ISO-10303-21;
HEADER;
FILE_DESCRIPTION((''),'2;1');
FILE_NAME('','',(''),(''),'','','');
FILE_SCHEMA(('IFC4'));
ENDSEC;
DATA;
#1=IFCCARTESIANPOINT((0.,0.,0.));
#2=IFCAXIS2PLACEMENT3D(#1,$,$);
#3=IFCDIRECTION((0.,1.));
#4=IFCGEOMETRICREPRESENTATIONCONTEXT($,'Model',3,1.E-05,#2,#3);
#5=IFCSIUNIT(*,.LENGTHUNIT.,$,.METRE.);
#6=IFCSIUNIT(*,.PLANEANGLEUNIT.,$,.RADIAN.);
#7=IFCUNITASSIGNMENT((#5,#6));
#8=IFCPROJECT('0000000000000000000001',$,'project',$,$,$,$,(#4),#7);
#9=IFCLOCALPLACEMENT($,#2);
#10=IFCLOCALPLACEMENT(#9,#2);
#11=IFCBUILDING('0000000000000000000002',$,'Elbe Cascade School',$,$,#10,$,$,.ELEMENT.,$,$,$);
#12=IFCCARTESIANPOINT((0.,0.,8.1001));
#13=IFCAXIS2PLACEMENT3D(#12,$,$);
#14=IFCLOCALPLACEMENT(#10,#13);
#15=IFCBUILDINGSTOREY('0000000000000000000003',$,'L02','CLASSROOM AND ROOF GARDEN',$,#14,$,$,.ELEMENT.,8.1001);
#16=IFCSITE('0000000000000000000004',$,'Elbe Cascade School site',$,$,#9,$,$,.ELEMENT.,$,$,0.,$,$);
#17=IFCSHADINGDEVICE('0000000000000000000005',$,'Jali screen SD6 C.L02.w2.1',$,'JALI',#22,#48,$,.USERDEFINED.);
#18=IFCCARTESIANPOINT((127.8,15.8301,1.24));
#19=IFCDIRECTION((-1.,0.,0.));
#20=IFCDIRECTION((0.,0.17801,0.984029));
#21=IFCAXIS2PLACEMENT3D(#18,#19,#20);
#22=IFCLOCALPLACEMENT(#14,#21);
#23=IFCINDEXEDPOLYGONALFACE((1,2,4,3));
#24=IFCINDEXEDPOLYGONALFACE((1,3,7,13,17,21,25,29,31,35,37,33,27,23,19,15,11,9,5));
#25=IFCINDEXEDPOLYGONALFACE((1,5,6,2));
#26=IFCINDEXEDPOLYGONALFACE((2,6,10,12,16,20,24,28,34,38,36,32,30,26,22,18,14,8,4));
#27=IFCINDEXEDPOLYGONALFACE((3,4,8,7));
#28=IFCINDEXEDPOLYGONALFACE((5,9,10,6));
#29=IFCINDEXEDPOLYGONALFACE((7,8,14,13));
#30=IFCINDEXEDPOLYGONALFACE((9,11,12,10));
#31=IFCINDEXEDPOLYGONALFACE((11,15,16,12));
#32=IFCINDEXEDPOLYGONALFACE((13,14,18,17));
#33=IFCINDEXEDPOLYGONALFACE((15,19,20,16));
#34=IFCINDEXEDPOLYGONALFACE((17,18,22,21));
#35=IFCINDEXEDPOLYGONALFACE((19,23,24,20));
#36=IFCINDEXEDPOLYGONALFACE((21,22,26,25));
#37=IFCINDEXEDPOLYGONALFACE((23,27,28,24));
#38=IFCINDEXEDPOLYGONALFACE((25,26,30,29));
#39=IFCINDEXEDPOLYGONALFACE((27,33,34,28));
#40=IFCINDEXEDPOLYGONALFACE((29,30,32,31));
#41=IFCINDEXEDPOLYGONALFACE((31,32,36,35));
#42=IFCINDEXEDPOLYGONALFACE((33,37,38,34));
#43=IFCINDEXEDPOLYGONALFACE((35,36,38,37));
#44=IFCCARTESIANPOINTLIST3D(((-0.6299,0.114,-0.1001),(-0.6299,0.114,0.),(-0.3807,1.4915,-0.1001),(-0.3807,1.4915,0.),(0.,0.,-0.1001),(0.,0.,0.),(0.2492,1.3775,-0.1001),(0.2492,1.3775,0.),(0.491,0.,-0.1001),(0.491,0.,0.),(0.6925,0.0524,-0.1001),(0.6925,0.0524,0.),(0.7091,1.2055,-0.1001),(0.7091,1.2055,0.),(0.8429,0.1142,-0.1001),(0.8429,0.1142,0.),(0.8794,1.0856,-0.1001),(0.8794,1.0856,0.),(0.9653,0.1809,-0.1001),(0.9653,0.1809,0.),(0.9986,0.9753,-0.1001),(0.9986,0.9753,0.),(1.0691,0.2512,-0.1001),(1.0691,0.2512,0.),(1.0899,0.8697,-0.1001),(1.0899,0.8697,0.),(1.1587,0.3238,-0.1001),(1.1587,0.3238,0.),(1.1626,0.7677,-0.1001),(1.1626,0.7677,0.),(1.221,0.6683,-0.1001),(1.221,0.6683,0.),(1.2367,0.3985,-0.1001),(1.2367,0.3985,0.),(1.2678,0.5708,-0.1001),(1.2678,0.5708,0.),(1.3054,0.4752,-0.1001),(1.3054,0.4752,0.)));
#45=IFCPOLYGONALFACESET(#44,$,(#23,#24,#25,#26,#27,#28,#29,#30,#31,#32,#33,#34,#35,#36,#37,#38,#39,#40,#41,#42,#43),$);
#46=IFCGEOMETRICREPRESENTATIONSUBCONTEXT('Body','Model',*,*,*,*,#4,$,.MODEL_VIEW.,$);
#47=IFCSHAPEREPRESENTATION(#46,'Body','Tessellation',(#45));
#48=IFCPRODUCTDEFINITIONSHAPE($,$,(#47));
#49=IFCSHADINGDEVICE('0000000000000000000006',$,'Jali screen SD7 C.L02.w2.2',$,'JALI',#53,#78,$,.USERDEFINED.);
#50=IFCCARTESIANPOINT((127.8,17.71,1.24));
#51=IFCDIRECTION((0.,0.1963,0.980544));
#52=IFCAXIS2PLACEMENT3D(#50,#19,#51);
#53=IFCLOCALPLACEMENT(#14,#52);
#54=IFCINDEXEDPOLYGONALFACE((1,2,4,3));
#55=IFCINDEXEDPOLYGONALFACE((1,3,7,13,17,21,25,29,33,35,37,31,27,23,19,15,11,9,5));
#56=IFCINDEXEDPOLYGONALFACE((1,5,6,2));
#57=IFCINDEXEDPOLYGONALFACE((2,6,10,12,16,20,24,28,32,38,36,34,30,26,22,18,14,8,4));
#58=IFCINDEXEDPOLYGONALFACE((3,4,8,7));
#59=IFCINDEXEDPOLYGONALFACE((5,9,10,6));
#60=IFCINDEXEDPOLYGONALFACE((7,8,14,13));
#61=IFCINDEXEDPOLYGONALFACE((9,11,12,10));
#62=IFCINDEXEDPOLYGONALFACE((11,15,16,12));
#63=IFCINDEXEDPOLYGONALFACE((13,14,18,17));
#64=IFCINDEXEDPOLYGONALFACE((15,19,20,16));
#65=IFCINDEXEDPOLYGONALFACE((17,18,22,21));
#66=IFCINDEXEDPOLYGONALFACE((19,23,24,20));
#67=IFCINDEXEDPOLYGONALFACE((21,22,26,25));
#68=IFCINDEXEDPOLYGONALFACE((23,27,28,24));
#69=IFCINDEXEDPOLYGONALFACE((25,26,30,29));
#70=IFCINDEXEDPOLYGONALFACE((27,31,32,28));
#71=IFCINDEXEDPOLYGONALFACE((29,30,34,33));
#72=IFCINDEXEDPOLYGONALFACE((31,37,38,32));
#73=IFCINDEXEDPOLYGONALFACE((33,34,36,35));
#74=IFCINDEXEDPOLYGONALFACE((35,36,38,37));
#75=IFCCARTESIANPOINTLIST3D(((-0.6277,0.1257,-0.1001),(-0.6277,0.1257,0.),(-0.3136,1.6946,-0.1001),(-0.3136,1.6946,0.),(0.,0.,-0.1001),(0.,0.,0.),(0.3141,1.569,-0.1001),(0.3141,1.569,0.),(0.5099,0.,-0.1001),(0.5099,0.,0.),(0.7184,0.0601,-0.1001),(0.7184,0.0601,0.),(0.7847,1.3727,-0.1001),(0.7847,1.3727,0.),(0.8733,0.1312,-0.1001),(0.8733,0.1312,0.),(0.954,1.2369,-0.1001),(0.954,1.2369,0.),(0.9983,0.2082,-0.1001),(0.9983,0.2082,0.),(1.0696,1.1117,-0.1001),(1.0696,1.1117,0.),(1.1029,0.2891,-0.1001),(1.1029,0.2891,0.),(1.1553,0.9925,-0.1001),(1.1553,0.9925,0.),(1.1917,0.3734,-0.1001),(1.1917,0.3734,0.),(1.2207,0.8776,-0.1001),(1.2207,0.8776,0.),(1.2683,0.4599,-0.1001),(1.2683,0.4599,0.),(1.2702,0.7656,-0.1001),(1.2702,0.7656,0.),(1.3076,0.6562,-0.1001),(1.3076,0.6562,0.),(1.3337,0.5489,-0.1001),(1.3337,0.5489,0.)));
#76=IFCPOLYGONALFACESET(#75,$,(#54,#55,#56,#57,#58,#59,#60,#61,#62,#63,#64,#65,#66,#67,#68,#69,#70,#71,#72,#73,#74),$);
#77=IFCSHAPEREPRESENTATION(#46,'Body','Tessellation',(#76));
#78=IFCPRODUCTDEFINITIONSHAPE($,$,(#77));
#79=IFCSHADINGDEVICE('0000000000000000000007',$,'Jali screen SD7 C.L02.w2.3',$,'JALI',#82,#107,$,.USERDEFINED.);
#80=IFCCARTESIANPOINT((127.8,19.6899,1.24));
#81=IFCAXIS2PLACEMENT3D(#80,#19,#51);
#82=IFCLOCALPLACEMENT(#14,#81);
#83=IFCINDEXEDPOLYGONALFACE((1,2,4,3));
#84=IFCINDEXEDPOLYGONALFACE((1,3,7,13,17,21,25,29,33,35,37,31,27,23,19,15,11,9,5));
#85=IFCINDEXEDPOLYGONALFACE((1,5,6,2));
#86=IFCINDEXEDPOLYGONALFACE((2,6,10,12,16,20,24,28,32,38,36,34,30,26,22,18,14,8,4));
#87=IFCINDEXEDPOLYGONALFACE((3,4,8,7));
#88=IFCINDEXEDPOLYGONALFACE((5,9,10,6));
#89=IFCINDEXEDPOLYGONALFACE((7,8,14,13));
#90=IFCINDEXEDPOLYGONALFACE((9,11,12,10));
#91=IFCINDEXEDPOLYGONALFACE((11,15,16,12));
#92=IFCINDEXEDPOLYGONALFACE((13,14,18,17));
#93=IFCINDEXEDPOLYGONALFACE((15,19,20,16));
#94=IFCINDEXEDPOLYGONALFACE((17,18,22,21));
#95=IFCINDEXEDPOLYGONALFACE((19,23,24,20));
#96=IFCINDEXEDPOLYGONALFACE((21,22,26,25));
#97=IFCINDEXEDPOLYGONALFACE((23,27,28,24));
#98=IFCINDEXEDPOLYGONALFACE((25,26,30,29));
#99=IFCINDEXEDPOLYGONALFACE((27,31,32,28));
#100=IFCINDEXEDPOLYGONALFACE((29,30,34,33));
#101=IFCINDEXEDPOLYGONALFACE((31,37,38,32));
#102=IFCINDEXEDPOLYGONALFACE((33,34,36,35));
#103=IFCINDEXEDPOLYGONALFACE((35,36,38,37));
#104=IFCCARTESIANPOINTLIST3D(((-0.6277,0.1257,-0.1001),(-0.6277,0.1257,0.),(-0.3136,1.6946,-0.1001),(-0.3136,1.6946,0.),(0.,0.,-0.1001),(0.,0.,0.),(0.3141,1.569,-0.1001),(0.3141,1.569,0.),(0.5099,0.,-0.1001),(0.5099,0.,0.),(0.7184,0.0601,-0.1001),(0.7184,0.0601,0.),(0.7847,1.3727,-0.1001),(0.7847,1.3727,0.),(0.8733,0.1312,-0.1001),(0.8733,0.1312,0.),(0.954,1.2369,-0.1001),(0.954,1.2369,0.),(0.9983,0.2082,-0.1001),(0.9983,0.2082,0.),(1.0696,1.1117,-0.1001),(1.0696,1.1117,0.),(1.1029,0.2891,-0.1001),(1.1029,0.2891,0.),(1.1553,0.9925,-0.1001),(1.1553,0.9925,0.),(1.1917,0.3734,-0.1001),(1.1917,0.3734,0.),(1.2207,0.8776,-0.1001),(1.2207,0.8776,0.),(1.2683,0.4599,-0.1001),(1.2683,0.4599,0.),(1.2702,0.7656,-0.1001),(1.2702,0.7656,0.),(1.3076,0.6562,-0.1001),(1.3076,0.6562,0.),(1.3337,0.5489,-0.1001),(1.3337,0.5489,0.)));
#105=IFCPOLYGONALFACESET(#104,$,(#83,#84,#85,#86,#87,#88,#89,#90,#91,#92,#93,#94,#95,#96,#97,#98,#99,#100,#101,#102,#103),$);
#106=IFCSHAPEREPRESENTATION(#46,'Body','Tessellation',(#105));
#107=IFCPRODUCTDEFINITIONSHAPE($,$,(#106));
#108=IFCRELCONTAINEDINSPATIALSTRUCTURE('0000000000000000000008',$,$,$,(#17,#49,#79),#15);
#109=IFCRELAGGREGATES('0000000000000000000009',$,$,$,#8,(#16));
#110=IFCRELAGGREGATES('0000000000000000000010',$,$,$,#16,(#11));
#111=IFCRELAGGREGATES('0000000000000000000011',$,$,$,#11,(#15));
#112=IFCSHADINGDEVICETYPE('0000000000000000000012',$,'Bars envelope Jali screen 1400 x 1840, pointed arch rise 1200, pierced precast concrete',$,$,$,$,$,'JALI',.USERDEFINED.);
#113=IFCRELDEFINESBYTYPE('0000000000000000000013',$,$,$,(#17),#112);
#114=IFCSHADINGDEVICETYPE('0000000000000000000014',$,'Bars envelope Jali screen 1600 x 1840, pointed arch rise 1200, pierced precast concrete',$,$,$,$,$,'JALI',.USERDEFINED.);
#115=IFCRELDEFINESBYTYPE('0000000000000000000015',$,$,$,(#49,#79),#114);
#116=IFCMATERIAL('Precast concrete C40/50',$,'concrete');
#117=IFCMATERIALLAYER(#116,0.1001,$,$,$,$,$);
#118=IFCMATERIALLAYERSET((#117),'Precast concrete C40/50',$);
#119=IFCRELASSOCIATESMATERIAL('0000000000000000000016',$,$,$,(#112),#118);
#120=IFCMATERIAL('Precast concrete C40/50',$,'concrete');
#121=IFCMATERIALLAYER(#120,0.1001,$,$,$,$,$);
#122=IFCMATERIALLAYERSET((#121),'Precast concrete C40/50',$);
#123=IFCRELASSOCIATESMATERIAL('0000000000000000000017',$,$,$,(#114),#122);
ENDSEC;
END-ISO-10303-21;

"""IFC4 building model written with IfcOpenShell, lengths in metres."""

from ifc_helpers import new_model, si_unit, direction, frame, origin, place, context, subcontext, project, spatial, polyline, outline, extrude, material, layer, layer_set, type_object, element, save


model = new_model("IFC4")

# Units and contexts
model_context = context("Model", 3, precision=1e-05, world=origin(), true_north=direction((0.0, 1.0)))
body_context = subcontext(model_context, "Body", "Model", "MODEL_VIEW")
ifc_project = project(units=[si_unit("LENGTHUNIT", "METRE"), si_unit("PLANEANGLEUNIT", "RADIAN")], contexts=[model_context])

# Site, building, storey
site_placement = place(None, origin())
site = spatial("IfcSite", under=ifc_project, at=site_placement, Name="Elbe Cascade School site", CompositionType="ELEMENT", RefElevation=0.0)
building_placement = place(site_placement, origin())
building = spatial("IfcBuilding", under=site, at=building_placement, Name="Elbe Cascade School", CompositionType="ELEMENT")
storey_placement = place(building_placement, frame((0.0, 0.0, 8.1001)))
storey = spatial("IfcBuildingStorey", under=building, at=storey_placement, Name="L02", Description="CLASSROOM AND ROOF GARDEN", CompositionType="ELEMENT", Elevation=8.1001)

# Shading devices
ifc_material_1 = material(Name="Precast concrete C40/50", Category="concrete")
ifc_layer_1 = layer(ifc_material_1, 0.1001)
ifc_layer_set_1 = layer_set([ifc_layer_1], Name="Precast concrete C40/50")
shading_device_type_1 = type_object("IfcShadingDeviceType", Name="Bars envelope Jali screen 1400 x 1840, pointed arch rise 1200, pierced precast concrete", ElementType="JALI", PredefinedType="USERDEFINED", material=ifc_layer_set_1)
shading_device_placement = place(storey_placement, frame((127.8, 15.8301, 1.24), z_axis=(-1.0, 0.0, 0.0), x_axis=(0.0, 0.17801, 0.984029)))
element("IfcShadingDevice", 1, at=shading_device_placement, inside=storey, type_object=shading_device_type_1, Name="Jali screen SD6 C.L02.w2.1", ObjectType="JALI", PredefinedType="USERDEFINED", context=body_context, shape_type="SweptSolid", body=[
    extrude(outline(polyline([(0.0, 0.0), (0.491, 0.0), (0.6925, 0.0524), (0.8429, 0.1142), (0.9653, 0.1809), (1.0691, 0.2512), (1.1587, 0.3238), (1.2367, 0.3985), (1.3054, 0.4752), (1.2678, 0.5708), (1.221, 0.6683), (1.1626, 0.7677), (1.0899, 0.8697), (0.9986, 0.9753), (0.8794, 1.0856), (0.7091, 1.2055), (0.2492, 1.3775), (-0.3807, 1.4915), (-0.6299, 0.114), (0.0, 0.0)])), origin(), (0.0, 0.0, -1.0), 0.1001),
])
ifc_material_2 = material(Name="Precast concrete C40/50", Category="concrete")
ifc_layer_2 = layer(ifc_material_2, 0.1001)
ifc_layer_set_2 = layer_set([ifc_layer_2], Name="Precast concrete C40/50")
shading_device_type_2 = type_object("IfcShadingDeviceType", Name="Bars envelope Jali screen 1600 x 1840, pointed arch rise 1200, pierced precast concrete", ElementType="JALI", PredefinedType="USERDEFINED", material=ifc_layer_set_2)
for number, where, z_axis, x_axis, name in (
    (2, (127.8, 17.71, 1.24), (-1.0, 0.0, 0.0), (0.0, 0.1963, 0.980544), "Jali screen SD7 C.L02.w2.2"),
    (3, (127.8, 19.6899, 1.24), (-1.0, 0.0, 0.0), (0.0, 0.1963, 0.980544), "Jali screen SD7 C.L02.w2.3"),
):
    element("IfcShadingDevice", number, at=place(storey_placement, frame(where, z_axis=z_axis, x_axis=x_axis)), inside=storey, type_object=shading_device_type_2, Name=name, ObjectType="JALI", PredefinedType="USERDEFINED", context=body_context, shape_type="SweptSolid", body=[
        extrude(outline(polyline([(0.0, 0.0), (0.5099, 0.0), (0.7184, 0.0601), (0.8733, 0.1312), (0.9983, 0.2082), (1.1029, 0.2891), (1.1917, 0.3734), (1.2683, 0.4599), (1.3337, 0.5489), (1.3076, 0.6562), (1.2702, 0.7656), (1.2207, 0.8776), (1.1553, 0.9925), (1.0696, 1.1117), (0.954, 1.2369), (0.7847, 1.3727), (0.3141, 1.569), (-0.3136, 1.6946), (-0.6277, 0.1257), (0.0, 0.0)])), origin(), (0.0, 0.0, -1.0), 0.1001),
    ])

save(model, "model.ifc")
